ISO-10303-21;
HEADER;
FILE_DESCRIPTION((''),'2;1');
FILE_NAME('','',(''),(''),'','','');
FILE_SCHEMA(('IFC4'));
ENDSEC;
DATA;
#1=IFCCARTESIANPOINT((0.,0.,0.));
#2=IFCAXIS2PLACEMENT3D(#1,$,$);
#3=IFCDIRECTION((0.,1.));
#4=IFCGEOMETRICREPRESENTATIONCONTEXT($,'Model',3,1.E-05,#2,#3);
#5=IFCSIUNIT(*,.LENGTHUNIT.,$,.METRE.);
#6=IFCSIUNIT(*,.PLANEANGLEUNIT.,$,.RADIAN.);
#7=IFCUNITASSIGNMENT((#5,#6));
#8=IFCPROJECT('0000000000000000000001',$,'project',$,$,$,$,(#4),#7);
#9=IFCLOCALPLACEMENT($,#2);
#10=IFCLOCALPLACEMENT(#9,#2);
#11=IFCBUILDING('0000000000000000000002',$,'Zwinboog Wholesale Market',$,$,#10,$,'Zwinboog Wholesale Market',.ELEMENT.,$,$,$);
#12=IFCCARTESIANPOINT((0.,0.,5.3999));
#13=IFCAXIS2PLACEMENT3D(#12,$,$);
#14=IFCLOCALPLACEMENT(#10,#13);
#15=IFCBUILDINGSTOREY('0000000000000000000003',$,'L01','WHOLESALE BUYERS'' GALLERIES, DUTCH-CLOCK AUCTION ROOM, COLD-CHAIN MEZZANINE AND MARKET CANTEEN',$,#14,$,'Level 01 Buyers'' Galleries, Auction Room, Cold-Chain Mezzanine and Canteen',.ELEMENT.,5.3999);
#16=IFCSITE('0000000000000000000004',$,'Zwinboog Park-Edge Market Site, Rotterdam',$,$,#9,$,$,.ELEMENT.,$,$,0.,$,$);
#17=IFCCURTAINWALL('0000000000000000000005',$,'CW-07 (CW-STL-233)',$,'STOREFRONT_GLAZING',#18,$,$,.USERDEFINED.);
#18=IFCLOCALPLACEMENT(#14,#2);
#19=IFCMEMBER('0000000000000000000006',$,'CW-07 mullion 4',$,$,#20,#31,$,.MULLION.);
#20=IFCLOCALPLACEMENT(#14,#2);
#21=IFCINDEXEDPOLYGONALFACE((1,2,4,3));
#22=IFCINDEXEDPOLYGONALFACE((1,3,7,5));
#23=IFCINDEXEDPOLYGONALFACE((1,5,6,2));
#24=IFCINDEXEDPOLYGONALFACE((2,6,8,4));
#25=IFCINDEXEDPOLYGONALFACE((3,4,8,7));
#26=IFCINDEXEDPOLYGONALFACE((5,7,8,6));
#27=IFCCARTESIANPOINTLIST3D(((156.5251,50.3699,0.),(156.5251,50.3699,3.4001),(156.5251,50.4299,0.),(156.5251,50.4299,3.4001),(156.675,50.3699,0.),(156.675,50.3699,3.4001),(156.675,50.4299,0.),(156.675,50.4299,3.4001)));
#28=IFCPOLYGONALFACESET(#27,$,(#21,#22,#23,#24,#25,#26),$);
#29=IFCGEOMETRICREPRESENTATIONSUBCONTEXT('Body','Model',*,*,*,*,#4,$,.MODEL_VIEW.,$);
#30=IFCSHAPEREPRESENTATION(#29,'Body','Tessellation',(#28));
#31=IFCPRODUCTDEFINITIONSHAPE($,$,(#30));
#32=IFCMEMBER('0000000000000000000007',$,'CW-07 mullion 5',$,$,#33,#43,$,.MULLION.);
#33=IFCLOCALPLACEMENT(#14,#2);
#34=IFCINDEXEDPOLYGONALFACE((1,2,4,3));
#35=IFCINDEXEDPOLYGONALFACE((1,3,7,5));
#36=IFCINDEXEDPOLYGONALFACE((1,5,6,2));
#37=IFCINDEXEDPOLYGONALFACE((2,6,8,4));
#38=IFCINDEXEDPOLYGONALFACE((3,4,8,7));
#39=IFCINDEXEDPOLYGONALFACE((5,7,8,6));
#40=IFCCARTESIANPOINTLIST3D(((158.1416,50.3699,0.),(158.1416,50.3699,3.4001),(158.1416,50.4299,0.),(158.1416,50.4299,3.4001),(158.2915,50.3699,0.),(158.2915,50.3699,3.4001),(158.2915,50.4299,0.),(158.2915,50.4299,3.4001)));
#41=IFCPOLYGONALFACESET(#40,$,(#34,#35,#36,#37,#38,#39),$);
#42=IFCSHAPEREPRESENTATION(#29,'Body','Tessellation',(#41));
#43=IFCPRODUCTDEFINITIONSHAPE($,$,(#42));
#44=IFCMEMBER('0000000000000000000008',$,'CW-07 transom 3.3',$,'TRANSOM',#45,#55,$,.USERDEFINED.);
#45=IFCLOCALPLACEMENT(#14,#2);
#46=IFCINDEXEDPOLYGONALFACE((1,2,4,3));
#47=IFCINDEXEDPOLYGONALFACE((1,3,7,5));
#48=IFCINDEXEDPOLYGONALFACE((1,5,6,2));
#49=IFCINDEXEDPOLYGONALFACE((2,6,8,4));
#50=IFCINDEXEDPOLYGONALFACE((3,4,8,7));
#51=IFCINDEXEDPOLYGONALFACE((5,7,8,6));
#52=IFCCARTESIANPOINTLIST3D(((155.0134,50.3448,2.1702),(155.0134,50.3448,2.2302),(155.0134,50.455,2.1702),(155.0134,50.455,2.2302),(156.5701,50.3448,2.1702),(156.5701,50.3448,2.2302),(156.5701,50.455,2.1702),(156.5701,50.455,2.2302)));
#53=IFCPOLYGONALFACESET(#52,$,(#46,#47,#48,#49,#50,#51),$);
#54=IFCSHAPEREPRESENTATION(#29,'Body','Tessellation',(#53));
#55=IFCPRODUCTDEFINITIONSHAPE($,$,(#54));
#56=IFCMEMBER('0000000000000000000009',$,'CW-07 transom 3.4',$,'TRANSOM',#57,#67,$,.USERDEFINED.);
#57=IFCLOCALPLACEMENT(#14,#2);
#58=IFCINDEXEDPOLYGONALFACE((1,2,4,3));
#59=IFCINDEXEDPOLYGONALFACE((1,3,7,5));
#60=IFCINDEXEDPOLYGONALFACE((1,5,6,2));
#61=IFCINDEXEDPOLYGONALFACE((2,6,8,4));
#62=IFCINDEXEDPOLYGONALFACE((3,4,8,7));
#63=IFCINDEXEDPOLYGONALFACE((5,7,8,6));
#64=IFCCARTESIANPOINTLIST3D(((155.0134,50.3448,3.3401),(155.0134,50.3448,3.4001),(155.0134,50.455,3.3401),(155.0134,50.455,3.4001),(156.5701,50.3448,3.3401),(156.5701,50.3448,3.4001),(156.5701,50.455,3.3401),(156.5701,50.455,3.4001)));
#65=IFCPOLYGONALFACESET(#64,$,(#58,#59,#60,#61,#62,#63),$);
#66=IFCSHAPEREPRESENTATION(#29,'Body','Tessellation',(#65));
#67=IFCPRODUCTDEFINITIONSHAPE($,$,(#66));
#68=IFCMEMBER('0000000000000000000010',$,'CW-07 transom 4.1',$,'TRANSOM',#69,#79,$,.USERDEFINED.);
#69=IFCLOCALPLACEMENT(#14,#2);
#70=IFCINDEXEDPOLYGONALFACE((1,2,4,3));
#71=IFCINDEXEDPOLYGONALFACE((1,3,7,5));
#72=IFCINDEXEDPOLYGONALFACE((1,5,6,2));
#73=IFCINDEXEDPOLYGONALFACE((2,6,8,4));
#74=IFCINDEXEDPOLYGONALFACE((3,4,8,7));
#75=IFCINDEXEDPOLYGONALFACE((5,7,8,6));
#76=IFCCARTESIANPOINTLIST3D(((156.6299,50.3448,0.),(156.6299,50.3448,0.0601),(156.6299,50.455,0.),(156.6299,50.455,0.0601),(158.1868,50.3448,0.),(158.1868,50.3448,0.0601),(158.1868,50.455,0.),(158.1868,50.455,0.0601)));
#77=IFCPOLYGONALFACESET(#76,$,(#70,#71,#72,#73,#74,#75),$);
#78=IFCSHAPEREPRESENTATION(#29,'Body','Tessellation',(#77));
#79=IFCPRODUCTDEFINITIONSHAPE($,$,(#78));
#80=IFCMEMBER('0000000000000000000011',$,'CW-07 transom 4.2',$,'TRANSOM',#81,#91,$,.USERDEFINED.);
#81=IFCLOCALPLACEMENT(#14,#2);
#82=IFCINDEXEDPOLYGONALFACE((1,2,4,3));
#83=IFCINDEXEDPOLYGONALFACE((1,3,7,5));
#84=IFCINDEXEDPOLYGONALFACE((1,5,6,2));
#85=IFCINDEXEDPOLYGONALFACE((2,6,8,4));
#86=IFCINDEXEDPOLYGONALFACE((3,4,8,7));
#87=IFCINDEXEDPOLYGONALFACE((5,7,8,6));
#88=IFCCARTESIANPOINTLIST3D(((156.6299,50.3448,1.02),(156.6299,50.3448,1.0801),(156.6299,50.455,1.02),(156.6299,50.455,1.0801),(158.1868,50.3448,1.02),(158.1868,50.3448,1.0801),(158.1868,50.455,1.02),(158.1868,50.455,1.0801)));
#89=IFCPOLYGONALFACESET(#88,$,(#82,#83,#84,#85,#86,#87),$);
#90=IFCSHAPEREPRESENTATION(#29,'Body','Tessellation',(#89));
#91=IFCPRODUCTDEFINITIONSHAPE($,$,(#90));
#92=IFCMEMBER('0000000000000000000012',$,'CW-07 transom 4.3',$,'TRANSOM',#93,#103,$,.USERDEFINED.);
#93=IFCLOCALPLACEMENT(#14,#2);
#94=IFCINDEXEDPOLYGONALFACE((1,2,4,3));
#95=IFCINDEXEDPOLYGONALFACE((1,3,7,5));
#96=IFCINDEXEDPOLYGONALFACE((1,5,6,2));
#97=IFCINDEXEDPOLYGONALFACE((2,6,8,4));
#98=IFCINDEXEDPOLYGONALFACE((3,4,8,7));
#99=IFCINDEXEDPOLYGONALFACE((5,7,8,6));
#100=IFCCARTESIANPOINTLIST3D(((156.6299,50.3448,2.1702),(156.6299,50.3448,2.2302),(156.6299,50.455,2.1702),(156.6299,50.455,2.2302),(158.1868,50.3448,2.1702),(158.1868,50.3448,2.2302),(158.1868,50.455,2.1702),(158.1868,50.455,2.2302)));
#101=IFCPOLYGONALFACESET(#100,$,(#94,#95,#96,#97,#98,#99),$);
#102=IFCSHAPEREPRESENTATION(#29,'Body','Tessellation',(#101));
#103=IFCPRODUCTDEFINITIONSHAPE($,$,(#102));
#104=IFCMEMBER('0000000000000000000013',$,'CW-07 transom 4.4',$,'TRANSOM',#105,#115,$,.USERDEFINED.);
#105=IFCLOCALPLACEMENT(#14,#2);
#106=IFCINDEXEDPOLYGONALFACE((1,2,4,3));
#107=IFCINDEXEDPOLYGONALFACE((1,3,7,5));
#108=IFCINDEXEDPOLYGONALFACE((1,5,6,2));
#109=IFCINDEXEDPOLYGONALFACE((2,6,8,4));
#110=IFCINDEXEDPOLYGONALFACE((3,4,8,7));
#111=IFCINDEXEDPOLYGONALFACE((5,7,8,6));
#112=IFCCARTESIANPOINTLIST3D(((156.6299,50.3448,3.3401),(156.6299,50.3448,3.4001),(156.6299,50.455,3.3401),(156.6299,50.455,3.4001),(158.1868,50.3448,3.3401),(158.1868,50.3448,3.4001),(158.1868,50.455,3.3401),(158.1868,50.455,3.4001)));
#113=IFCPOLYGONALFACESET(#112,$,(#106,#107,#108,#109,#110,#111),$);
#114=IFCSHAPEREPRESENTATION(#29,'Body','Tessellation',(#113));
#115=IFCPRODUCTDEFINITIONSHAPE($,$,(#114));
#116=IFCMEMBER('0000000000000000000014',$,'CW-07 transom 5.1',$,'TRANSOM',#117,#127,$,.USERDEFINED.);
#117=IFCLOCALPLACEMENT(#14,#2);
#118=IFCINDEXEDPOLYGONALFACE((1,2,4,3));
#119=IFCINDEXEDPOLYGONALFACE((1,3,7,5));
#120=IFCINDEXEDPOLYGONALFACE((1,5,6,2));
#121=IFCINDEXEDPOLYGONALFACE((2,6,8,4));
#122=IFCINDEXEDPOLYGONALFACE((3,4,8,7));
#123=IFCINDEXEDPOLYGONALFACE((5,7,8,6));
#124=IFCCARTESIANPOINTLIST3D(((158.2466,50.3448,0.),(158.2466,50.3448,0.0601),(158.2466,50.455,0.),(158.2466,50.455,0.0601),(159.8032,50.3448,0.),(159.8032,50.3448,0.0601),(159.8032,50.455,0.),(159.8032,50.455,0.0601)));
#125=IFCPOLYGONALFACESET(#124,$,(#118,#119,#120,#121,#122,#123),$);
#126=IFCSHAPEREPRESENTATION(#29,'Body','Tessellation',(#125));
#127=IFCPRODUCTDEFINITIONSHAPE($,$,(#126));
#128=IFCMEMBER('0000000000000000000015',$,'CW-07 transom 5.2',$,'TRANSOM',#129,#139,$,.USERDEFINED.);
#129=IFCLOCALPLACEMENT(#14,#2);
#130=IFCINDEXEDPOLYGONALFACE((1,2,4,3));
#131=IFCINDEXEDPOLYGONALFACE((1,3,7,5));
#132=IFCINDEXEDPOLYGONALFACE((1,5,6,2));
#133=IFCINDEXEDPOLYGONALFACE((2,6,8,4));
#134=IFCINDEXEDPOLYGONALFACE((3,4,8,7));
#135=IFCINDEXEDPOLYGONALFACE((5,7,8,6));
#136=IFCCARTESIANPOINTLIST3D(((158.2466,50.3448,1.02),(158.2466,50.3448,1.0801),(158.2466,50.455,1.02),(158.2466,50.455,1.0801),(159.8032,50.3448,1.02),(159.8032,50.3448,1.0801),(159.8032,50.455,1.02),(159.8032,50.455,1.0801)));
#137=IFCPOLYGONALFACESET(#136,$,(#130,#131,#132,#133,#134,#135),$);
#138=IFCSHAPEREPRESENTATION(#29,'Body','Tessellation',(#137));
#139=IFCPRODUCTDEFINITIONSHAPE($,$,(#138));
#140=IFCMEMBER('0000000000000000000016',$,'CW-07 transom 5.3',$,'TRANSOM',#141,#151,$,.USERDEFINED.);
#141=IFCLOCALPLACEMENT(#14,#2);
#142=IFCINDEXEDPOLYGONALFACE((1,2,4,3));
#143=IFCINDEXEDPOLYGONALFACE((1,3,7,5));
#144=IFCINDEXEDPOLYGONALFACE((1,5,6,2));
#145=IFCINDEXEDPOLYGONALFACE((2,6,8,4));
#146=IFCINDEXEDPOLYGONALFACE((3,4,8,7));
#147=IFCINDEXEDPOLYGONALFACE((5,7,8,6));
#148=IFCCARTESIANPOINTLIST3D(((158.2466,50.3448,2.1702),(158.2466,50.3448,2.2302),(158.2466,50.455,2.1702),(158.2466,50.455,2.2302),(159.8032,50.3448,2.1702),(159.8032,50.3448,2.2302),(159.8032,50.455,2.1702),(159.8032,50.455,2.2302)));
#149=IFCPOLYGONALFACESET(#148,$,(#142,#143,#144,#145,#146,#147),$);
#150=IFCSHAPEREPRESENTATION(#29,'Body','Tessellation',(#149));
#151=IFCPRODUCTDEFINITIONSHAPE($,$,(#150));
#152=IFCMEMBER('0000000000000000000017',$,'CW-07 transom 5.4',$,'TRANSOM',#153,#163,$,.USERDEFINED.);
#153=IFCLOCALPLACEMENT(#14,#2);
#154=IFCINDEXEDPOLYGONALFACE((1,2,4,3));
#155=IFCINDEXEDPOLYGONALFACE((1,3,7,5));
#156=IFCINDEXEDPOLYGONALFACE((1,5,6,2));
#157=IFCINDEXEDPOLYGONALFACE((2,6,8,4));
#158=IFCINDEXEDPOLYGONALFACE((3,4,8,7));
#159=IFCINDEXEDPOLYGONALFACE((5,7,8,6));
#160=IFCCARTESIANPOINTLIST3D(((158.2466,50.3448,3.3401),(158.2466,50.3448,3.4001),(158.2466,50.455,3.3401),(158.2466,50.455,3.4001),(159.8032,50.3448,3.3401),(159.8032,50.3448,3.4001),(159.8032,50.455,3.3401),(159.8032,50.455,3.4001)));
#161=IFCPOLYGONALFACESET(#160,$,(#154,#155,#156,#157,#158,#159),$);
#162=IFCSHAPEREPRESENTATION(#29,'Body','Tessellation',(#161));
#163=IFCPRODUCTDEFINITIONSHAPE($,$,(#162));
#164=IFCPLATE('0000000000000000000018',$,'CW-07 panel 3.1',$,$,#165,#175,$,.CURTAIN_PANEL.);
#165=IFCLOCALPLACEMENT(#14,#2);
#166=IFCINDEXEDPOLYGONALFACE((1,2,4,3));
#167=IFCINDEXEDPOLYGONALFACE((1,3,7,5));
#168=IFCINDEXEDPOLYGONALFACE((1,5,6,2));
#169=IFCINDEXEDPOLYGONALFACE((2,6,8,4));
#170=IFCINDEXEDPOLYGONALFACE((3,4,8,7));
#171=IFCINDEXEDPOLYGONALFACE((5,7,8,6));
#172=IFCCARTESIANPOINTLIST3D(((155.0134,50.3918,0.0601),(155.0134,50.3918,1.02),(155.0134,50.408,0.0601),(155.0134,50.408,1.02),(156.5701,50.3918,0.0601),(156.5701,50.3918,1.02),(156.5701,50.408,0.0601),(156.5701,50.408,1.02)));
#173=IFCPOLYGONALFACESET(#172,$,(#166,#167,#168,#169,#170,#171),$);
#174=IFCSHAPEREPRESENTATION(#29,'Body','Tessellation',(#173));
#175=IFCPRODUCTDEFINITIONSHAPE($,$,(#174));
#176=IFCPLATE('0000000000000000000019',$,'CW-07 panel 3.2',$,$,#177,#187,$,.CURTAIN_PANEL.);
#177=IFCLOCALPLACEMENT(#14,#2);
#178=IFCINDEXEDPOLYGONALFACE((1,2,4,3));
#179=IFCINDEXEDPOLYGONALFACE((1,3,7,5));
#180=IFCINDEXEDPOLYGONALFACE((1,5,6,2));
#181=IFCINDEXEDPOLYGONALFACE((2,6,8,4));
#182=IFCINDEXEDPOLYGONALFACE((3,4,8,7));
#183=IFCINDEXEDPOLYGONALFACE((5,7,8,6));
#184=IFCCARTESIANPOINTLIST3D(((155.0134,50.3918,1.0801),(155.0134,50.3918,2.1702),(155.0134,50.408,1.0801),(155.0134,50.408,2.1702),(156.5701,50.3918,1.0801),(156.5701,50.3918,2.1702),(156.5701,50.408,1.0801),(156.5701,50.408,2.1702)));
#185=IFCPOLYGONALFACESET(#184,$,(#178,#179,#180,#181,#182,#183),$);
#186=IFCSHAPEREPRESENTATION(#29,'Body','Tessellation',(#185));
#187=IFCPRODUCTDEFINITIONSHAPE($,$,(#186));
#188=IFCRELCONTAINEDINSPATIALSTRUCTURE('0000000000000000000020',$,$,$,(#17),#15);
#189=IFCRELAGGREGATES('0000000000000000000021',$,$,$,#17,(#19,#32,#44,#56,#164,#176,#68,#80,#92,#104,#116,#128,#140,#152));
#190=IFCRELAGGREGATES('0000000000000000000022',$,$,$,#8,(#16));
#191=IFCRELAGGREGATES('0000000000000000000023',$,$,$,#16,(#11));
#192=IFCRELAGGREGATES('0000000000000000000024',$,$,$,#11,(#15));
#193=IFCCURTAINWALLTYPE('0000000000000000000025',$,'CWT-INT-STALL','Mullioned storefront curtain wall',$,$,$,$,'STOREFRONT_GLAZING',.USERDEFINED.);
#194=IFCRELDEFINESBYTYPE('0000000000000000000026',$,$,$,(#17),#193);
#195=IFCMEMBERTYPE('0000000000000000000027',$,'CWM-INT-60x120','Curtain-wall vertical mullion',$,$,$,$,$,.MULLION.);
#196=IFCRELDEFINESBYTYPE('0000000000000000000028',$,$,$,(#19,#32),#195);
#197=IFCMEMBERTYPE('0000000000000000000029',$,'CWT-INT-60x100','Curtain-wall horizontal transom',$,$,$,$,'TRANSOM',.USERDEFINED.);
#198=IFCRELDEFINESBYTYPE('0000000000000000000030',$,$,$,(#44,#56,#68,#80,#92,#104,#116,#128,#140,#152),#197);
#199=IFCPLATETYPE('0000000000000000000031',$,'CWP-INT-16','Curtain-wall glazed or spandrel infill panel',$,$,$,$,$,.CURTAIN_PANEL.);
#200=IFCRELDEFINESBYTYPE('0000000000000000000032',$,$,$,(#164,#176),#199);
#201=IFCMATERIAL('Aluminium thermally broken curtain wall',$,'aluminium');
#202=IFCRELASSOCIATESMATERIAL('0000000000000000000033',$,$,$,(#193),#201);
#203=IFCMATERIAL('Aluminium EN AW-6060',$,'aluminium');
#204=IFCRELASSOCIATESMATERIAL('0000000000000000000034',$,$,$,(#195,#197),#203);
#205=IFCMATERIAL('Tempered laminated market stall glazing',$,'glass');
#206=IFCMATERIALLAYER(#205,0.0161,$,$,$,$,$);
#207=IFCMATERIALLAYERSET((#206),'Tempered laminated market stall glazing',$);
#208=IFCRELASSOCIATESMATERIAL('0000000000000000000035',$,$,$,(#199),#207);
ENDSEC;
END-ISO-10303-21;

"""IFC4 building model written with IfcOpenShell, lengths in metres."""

from ifc_helpers import new_model, si_unit, direction, frame, origin, origin_2d, place, context, subcontext, project, spatial, rectangle, extrude, material, layer, layer_set, material_profile, profile_set, type_object, element, aggregate, save


model = new_model("IFC4")

# Units and contexts
model_context = context("Model", 3, precision=1e-05, world=origin(), true_north=direction((0.0, 1.0)))
body_context = subcontext(model_context, "Body", "Model", "MODEL_VIEW")
ifc_project = project(units=[si_unit("LENGTHUNIT", "METRE"), si_unit("PLANEANGLEUNIT", "RADIAN")], contexts=[model_context])

# Site, building, storey
site_placement = place(None, origin())
site = spatial("IfcSite", under=ifc_project, at=site_placement, Name="Zwinboog Park-Edge Market Site, Rotterdam", CompositionType="ELEMENT", RefElevation=0.0)
building_placement = place(site_placement, origin())
building = spatial("IfcBuilding", under=site, at=building_placement, Name="Zwinboog Wholesale Market", LongName="Zwinboog Wholesale Market", CompositionType="ELEMENT")
storey_placement = place(building_placement, frame((0.0, 0.0, 5.3999)))
storey = spatial("IfcBuildingStorey", under=building, at=storey_placement, Name="L01", Description="WHOLESALE BUYERS' GALLERIES, DUTCH-CLOCK AUCTION ROOM, COLD-CHAIN MEZZANINE AND MARKET CANTEEN", LongName="Level 01 Buyers' Galleries, Auction Room, Cold-Chain Mezzanine and Canteen", CompositionType="ELEMENT", Elevation=5.3999)

# Curtain wall, members, plates
ifc_material_1 = material(Name="Aluminium thermally broken curtain wall", Category="aluminium")
curtain_wall_type = type_object("IfcCurtainWallType", Name="CWT-INT-STALL", Description="Mullioned storefront curtain wall", ElementType="STOREFRONT_GLAZING", PredefinedType="USERDEFINED", material=ifc_material_1)
curtain_wall_placement = place(storey_placement, origin())
curtain_wall = element("IfcCurtainWall", 1, at=curtain_wall_placement, inside=storey, type_object=curtain_wall_type, Name="CW-07 (CW-STL-233)", ObjectType="STOREFRONT_GLAZING", PredefinedType="USERDEFINED")
ifc_material_2 = material(Name="Aluminium EN AW-6060", Category="aluminium")
ifc_material_profile_1 = material_profile(ifc_material_2, rectangle(XDim=0.0601, YDim=0.1499, at=origin_2d()), Name="AL 60x150")
ifc_profile_set_1 = profile_set([ifc_material_profile_1], Name="Aluminium EN AW-6060")
member_type_1 = type_object("IfcMemberType", Name="CWM-INT-60x120", Description="Curtain-wall vertical mullion", PredefinedType="MULLION", material=ifc_profile_set_1)
member_1_placement = place(storey_placement, frame((156.6001, 50.3999, 0.0), z_axis=(0.0, 0.0, 1.0), x_axis=(0.0, 1.0, 0.0)))
member_1 = element("IfcMember", 2, at=member_1_placement, type_object=member_type_1, Name="CW-07 mullion 4", PredefinedType="MULLION", context=body_context, shape_type="SweptSolid", body=[
    extrude(rectangle(XDim=0.0601, YDim=0.1499, at=origin_2d()), origin(), (0.0, 0.0, 1.0), 3.4001),
])
member_2_placement = place(storey_placement, frame((158.2166, 50.3999, 0.0), z_axis=(0.0, 0.0, 1.0), x_axis=(0.0, 1.0, 0.0)))
member_2 = element("IfcMember", 3, at=member_2_placement, type_object=member_type_1, Name="CW-07 mullion 5", PredefinedType="MULLION", context=body_context, shape_type="SweptSolid", body=[
    extrude(rectangle(XDim=0.0601, YDim=0.1499, at=origin_2d()), origin(), (0.0, 0.0, 1.0), 3.4001),
])
ifc_material_profile_2 = material_profile(ifc_material_2, rectangle(XDim=0.1101, YDim=0.0601, at=origin_2d()), Name="AL 60x110")
ifc_profile_set_2 = profile_set([ifc_material_profile_2], Name="Aluminium EN AW-6060")
member_type_2 = type_object("IfcMemberType", Name="CWT-INT-60x100", Description="Curtain-wall horizontal transom", ElementType="TRANSOM", PredefinedType="USERDEFINED", material=ifc_profile_set_2)
member_3_placement = place(storey_placement, frame((155.0134, 50.3999, 2.2002), z_axis=(1.0, 0.0, 0.0), x_axis=(0.0, 1.0, 0.0)))
member_3 = element("IfcMember", 4, at=member_3_placement, type_object=member_type_2, Name="CW-07 transom 3.3", ObjectType="TRANSOM", PredefinedType="USERDEFINED", context=body_context, shape_type="SweptSolid", body=[
    extrude(rectangle(XDim=0.1101, YDim=0.0601, at=origin_2d()), origin(), (0.0, 0.0, 1.0), 1.5566),
])
member_4_placement = place(storey_placement, frame((155.0134, 50.3999, 3.3701), z_axis=(1.0, 0.0, 0.0), x_axis=(0.0, 1.0, 0.0)))
member_4 = element("IfcMember", 5, at=member_4_placement, type_object=member_type_2, Name="CW-07 transom 3.4", ObjectType="TRANSOM", PredefinedType="USERDEFINED", context=body_context, shape_type="SweptSolid", body=[
    extrude(rectangle(XDim=0.1101, YDim=0.0601, at=origin_2d()), origin(), (0.0, 0.0, 1.0), 1.5566),
])
member_5_placement = place(storey_placement, frame((156.6299, 50.3999, 0.03), z_axis=(1.0, 0.0, 0.0), x_axis=(0.0, 1.0, 0.0)))
member_5 = element("IfcMember", 6, at=member_5_placement, type_object=member_type_2, Name="CW-07 transom 4.1", ObjectType="TRANSOM", PredefinedType="USERDEFINED", context=body_context, shape_type="SweptSolid", body=[
    extrude(rectangle(XDim=0.1101, YDim=0.0601, at=origin_2d()), origin(), (0.0, 0.0, 1.0), 1.5569),
])
member_6_placement = place(storey_placement, frame((156.6299, 50.3999, 1.05), z_axis=(1.0, 0.0, 0.0), x_axis=(0.0, 1.0, 0.0)))
member_6 = element("IfcMember", 7, at=member_6_placement, type_object=member_type_2, Name="CW-07 transom 4.2", ObjectType="TRANSOM", PredefinedType="USERDEFINED", context=body_context, shape_type="SweptSolid", body=[
    extrude(rectangle(XDim=0.1101, YDim=0.0601, at=origin_2d()), origin(), (0.0, 0.0, 1.0), 1.5569),
])
member_7_placement = place(storey_placement, frame((156.6299, 50.3999, 2.2002), z_axis=(1.0, 0.0, 0.0), x_axis=(0.0, 1.0, 0.0)))
member_7 = element("IfcMember", 8, at=member_7_placement, type_object=member_type_2, Name="CW-07 transom 4.3", ObjectType="TRANSOM", PredefinedType="USERDEFINED", context=body_context, shape_type="SweptSolid", body=[
    extrude(rectangle(XDim=0.1101, YDim=0.0601, at=origin_2d()), origin(), (0.0, 0.0, 1.0), 1.5569),
])
member_8_placement = place(storey_placement, frame((156.6299, 50.3999, 3.3701), z_axis=(1.0, 0.0, 0.0), x_axis=(0.0, 1.0, 0.0)))
member_8 = element("IfcMember", 9, at=member_8_placement, type_object=member_type_2, Name="CW-07 transom 4.4", ObjectType="TRANSOM", PredefinedType="USERDEFINED", context=body_context, shape_type="SweptSolid", body=[
    extrude(rectangle(XDim=0.1101, YDim=0.0601, at=origin_2d()), origin(), (0.0, 0.0, 1.0), 1.5569),
])
member_9_placement = place(storey_placement, frame((158.2466, 50.3999, 0.03), z_axis=(1.0, 0.0, 0.0), x_axis=(0.0, 1.0, 0.0)))
member_9 = element("IfcMember", 10, at=member_9_placement, type_object=member_type_2, Name="CW-07 transom 5.1", ObjectType="TRANSOM", PredefinedType="USERDEFINED", context=body_context, shape_type="SweptSolid", body=[
    extrude(rectangle(XDim=0.1101, YDim=0.0601, at=origin_2d()), origin(), (0.0, 0.0, 1.0), 1.5566),
])
member_10_placement = place(storey_placement, frame((158.2466, 50.3999, 1.05), z_axis=(1.0, 0.0, 0.0), x_axis=(0.0, 1.0, 0.0)))
member_10 = element("IfcMember", 11, at=member_10_placement, type_object=member_type_2, Name="CW-07 transom 5.2", ObjectType="TRANSOM", PredefinedType="USERDEFINED", context=body_context, shape_type="SweptSolid", body=[
    extrude(rectangle(XDim=0.1101, YDim=0.0601, at=origin_2d()), origin(), (0.0, 0.0, 1.0), 1.5566),
])
member_11_placement = place(storey_placement, frame((158.2466, 50.3999, 2.2002), z_axis=(1.0, 0.0, 0.0), x_axis=(0.0, 1.0, 0.0)))
member_11 = element("IfcMember", 12, at=member_11_placement, type_object=member_type_2, Name="CW-07 transom 5.3", ObjectType="TRANSOM", PredefinedType="USERDEFINED", context=body_context, shape_type="SweptSolid", body=[
    extrude(rectangle(XDim=0.1101, YDim=0.0601, at=origin_2d()), origin(), (0.0, 0.0, 1.0), 1.5566),
])
member_12_placement = place(storey_placement, frame((158.2466, 50.3999, 3.3701), z_axis=(1.0, 0.0, 0.0), x_axis=(0.0, 1.0, 0.0)))
member_12 = element("IfcMember", 13, at=member_12_placement, type_object=member_type_2, Name="CW-07 transom 5.4", ObjectType="TRANSOM", PredefinedType="USERDEFINED", context=body_context, shape_type="SweptSolid", body=[
    extrude(rectangle(XDim=0.1101, YDim=0.0601, at=origin_2d()), origin(), (0.0, 0.0, 1.0), 1.5566),
])
ifc_material_3 = material(Name="Tempered laminated market stall glazing", Category="glass")
ifc_layer = layer(ifc_material_3, 0.0161)
ifc_layer_set = layer_set([ifc_layer], Name="Tempered laminated market stall glazing")
plate_type = type_object("IfcPlateType", Name="CWP-INT-16", Description="Curtain-wall glazed or spandrel infill panel", PredefinedType="CURTAIN_PANEL", material=ifc_layer_set)
plate_1_placement = place(storey_placement, frame((155.7917, 50.3999, 0.0601), z_axis=(0.0, 0.0, 1.0), x_axis=(1.0, 0.0, 0.0)))
plate_1 = element("IfcPlate", 14, at=plate_1_placement, type_object=plate_type, Name="CW-07 panel 3.1", PredefinedType="CURTAIN_PANEL", context=body_context, shape_type="SweptSolid", body=[
    extrude(rectangle(XDim=1.5566, YDim=0.0161, at=origin_2d()), origin(), (0.0, 0.0, 1.0), 0.96),
])
plate_2_placement = place(storey_placement, frame((155.7917, 50.3999, 1.0801), z_axis=(0.0, 0.0, 1.0), x_axis=(1.0, 0.0, 0.0)))
plate_2 = element("IfcPlate", 15, at=plate_2_placement, type_object=plate_type, Name="CW-07 panel 3.2", PredefinedType="CURTAIN_PANEL", context=body_context, shape_type="SweptSolid", body=[
    extrude(rectangle(XDim=1.5566, YDim=0.0161, at=origin_2d()), origin(), (0.0, 0.0, 1.0), 1.0901),
])
aggregate(curtain_wall, [member_1, member_2, member_3, member_4, plate_1, plate_2, member_5, member_6, member_7, member_8, member_9, member_10, member_11, member_12])

save(model, "model.ifc")
